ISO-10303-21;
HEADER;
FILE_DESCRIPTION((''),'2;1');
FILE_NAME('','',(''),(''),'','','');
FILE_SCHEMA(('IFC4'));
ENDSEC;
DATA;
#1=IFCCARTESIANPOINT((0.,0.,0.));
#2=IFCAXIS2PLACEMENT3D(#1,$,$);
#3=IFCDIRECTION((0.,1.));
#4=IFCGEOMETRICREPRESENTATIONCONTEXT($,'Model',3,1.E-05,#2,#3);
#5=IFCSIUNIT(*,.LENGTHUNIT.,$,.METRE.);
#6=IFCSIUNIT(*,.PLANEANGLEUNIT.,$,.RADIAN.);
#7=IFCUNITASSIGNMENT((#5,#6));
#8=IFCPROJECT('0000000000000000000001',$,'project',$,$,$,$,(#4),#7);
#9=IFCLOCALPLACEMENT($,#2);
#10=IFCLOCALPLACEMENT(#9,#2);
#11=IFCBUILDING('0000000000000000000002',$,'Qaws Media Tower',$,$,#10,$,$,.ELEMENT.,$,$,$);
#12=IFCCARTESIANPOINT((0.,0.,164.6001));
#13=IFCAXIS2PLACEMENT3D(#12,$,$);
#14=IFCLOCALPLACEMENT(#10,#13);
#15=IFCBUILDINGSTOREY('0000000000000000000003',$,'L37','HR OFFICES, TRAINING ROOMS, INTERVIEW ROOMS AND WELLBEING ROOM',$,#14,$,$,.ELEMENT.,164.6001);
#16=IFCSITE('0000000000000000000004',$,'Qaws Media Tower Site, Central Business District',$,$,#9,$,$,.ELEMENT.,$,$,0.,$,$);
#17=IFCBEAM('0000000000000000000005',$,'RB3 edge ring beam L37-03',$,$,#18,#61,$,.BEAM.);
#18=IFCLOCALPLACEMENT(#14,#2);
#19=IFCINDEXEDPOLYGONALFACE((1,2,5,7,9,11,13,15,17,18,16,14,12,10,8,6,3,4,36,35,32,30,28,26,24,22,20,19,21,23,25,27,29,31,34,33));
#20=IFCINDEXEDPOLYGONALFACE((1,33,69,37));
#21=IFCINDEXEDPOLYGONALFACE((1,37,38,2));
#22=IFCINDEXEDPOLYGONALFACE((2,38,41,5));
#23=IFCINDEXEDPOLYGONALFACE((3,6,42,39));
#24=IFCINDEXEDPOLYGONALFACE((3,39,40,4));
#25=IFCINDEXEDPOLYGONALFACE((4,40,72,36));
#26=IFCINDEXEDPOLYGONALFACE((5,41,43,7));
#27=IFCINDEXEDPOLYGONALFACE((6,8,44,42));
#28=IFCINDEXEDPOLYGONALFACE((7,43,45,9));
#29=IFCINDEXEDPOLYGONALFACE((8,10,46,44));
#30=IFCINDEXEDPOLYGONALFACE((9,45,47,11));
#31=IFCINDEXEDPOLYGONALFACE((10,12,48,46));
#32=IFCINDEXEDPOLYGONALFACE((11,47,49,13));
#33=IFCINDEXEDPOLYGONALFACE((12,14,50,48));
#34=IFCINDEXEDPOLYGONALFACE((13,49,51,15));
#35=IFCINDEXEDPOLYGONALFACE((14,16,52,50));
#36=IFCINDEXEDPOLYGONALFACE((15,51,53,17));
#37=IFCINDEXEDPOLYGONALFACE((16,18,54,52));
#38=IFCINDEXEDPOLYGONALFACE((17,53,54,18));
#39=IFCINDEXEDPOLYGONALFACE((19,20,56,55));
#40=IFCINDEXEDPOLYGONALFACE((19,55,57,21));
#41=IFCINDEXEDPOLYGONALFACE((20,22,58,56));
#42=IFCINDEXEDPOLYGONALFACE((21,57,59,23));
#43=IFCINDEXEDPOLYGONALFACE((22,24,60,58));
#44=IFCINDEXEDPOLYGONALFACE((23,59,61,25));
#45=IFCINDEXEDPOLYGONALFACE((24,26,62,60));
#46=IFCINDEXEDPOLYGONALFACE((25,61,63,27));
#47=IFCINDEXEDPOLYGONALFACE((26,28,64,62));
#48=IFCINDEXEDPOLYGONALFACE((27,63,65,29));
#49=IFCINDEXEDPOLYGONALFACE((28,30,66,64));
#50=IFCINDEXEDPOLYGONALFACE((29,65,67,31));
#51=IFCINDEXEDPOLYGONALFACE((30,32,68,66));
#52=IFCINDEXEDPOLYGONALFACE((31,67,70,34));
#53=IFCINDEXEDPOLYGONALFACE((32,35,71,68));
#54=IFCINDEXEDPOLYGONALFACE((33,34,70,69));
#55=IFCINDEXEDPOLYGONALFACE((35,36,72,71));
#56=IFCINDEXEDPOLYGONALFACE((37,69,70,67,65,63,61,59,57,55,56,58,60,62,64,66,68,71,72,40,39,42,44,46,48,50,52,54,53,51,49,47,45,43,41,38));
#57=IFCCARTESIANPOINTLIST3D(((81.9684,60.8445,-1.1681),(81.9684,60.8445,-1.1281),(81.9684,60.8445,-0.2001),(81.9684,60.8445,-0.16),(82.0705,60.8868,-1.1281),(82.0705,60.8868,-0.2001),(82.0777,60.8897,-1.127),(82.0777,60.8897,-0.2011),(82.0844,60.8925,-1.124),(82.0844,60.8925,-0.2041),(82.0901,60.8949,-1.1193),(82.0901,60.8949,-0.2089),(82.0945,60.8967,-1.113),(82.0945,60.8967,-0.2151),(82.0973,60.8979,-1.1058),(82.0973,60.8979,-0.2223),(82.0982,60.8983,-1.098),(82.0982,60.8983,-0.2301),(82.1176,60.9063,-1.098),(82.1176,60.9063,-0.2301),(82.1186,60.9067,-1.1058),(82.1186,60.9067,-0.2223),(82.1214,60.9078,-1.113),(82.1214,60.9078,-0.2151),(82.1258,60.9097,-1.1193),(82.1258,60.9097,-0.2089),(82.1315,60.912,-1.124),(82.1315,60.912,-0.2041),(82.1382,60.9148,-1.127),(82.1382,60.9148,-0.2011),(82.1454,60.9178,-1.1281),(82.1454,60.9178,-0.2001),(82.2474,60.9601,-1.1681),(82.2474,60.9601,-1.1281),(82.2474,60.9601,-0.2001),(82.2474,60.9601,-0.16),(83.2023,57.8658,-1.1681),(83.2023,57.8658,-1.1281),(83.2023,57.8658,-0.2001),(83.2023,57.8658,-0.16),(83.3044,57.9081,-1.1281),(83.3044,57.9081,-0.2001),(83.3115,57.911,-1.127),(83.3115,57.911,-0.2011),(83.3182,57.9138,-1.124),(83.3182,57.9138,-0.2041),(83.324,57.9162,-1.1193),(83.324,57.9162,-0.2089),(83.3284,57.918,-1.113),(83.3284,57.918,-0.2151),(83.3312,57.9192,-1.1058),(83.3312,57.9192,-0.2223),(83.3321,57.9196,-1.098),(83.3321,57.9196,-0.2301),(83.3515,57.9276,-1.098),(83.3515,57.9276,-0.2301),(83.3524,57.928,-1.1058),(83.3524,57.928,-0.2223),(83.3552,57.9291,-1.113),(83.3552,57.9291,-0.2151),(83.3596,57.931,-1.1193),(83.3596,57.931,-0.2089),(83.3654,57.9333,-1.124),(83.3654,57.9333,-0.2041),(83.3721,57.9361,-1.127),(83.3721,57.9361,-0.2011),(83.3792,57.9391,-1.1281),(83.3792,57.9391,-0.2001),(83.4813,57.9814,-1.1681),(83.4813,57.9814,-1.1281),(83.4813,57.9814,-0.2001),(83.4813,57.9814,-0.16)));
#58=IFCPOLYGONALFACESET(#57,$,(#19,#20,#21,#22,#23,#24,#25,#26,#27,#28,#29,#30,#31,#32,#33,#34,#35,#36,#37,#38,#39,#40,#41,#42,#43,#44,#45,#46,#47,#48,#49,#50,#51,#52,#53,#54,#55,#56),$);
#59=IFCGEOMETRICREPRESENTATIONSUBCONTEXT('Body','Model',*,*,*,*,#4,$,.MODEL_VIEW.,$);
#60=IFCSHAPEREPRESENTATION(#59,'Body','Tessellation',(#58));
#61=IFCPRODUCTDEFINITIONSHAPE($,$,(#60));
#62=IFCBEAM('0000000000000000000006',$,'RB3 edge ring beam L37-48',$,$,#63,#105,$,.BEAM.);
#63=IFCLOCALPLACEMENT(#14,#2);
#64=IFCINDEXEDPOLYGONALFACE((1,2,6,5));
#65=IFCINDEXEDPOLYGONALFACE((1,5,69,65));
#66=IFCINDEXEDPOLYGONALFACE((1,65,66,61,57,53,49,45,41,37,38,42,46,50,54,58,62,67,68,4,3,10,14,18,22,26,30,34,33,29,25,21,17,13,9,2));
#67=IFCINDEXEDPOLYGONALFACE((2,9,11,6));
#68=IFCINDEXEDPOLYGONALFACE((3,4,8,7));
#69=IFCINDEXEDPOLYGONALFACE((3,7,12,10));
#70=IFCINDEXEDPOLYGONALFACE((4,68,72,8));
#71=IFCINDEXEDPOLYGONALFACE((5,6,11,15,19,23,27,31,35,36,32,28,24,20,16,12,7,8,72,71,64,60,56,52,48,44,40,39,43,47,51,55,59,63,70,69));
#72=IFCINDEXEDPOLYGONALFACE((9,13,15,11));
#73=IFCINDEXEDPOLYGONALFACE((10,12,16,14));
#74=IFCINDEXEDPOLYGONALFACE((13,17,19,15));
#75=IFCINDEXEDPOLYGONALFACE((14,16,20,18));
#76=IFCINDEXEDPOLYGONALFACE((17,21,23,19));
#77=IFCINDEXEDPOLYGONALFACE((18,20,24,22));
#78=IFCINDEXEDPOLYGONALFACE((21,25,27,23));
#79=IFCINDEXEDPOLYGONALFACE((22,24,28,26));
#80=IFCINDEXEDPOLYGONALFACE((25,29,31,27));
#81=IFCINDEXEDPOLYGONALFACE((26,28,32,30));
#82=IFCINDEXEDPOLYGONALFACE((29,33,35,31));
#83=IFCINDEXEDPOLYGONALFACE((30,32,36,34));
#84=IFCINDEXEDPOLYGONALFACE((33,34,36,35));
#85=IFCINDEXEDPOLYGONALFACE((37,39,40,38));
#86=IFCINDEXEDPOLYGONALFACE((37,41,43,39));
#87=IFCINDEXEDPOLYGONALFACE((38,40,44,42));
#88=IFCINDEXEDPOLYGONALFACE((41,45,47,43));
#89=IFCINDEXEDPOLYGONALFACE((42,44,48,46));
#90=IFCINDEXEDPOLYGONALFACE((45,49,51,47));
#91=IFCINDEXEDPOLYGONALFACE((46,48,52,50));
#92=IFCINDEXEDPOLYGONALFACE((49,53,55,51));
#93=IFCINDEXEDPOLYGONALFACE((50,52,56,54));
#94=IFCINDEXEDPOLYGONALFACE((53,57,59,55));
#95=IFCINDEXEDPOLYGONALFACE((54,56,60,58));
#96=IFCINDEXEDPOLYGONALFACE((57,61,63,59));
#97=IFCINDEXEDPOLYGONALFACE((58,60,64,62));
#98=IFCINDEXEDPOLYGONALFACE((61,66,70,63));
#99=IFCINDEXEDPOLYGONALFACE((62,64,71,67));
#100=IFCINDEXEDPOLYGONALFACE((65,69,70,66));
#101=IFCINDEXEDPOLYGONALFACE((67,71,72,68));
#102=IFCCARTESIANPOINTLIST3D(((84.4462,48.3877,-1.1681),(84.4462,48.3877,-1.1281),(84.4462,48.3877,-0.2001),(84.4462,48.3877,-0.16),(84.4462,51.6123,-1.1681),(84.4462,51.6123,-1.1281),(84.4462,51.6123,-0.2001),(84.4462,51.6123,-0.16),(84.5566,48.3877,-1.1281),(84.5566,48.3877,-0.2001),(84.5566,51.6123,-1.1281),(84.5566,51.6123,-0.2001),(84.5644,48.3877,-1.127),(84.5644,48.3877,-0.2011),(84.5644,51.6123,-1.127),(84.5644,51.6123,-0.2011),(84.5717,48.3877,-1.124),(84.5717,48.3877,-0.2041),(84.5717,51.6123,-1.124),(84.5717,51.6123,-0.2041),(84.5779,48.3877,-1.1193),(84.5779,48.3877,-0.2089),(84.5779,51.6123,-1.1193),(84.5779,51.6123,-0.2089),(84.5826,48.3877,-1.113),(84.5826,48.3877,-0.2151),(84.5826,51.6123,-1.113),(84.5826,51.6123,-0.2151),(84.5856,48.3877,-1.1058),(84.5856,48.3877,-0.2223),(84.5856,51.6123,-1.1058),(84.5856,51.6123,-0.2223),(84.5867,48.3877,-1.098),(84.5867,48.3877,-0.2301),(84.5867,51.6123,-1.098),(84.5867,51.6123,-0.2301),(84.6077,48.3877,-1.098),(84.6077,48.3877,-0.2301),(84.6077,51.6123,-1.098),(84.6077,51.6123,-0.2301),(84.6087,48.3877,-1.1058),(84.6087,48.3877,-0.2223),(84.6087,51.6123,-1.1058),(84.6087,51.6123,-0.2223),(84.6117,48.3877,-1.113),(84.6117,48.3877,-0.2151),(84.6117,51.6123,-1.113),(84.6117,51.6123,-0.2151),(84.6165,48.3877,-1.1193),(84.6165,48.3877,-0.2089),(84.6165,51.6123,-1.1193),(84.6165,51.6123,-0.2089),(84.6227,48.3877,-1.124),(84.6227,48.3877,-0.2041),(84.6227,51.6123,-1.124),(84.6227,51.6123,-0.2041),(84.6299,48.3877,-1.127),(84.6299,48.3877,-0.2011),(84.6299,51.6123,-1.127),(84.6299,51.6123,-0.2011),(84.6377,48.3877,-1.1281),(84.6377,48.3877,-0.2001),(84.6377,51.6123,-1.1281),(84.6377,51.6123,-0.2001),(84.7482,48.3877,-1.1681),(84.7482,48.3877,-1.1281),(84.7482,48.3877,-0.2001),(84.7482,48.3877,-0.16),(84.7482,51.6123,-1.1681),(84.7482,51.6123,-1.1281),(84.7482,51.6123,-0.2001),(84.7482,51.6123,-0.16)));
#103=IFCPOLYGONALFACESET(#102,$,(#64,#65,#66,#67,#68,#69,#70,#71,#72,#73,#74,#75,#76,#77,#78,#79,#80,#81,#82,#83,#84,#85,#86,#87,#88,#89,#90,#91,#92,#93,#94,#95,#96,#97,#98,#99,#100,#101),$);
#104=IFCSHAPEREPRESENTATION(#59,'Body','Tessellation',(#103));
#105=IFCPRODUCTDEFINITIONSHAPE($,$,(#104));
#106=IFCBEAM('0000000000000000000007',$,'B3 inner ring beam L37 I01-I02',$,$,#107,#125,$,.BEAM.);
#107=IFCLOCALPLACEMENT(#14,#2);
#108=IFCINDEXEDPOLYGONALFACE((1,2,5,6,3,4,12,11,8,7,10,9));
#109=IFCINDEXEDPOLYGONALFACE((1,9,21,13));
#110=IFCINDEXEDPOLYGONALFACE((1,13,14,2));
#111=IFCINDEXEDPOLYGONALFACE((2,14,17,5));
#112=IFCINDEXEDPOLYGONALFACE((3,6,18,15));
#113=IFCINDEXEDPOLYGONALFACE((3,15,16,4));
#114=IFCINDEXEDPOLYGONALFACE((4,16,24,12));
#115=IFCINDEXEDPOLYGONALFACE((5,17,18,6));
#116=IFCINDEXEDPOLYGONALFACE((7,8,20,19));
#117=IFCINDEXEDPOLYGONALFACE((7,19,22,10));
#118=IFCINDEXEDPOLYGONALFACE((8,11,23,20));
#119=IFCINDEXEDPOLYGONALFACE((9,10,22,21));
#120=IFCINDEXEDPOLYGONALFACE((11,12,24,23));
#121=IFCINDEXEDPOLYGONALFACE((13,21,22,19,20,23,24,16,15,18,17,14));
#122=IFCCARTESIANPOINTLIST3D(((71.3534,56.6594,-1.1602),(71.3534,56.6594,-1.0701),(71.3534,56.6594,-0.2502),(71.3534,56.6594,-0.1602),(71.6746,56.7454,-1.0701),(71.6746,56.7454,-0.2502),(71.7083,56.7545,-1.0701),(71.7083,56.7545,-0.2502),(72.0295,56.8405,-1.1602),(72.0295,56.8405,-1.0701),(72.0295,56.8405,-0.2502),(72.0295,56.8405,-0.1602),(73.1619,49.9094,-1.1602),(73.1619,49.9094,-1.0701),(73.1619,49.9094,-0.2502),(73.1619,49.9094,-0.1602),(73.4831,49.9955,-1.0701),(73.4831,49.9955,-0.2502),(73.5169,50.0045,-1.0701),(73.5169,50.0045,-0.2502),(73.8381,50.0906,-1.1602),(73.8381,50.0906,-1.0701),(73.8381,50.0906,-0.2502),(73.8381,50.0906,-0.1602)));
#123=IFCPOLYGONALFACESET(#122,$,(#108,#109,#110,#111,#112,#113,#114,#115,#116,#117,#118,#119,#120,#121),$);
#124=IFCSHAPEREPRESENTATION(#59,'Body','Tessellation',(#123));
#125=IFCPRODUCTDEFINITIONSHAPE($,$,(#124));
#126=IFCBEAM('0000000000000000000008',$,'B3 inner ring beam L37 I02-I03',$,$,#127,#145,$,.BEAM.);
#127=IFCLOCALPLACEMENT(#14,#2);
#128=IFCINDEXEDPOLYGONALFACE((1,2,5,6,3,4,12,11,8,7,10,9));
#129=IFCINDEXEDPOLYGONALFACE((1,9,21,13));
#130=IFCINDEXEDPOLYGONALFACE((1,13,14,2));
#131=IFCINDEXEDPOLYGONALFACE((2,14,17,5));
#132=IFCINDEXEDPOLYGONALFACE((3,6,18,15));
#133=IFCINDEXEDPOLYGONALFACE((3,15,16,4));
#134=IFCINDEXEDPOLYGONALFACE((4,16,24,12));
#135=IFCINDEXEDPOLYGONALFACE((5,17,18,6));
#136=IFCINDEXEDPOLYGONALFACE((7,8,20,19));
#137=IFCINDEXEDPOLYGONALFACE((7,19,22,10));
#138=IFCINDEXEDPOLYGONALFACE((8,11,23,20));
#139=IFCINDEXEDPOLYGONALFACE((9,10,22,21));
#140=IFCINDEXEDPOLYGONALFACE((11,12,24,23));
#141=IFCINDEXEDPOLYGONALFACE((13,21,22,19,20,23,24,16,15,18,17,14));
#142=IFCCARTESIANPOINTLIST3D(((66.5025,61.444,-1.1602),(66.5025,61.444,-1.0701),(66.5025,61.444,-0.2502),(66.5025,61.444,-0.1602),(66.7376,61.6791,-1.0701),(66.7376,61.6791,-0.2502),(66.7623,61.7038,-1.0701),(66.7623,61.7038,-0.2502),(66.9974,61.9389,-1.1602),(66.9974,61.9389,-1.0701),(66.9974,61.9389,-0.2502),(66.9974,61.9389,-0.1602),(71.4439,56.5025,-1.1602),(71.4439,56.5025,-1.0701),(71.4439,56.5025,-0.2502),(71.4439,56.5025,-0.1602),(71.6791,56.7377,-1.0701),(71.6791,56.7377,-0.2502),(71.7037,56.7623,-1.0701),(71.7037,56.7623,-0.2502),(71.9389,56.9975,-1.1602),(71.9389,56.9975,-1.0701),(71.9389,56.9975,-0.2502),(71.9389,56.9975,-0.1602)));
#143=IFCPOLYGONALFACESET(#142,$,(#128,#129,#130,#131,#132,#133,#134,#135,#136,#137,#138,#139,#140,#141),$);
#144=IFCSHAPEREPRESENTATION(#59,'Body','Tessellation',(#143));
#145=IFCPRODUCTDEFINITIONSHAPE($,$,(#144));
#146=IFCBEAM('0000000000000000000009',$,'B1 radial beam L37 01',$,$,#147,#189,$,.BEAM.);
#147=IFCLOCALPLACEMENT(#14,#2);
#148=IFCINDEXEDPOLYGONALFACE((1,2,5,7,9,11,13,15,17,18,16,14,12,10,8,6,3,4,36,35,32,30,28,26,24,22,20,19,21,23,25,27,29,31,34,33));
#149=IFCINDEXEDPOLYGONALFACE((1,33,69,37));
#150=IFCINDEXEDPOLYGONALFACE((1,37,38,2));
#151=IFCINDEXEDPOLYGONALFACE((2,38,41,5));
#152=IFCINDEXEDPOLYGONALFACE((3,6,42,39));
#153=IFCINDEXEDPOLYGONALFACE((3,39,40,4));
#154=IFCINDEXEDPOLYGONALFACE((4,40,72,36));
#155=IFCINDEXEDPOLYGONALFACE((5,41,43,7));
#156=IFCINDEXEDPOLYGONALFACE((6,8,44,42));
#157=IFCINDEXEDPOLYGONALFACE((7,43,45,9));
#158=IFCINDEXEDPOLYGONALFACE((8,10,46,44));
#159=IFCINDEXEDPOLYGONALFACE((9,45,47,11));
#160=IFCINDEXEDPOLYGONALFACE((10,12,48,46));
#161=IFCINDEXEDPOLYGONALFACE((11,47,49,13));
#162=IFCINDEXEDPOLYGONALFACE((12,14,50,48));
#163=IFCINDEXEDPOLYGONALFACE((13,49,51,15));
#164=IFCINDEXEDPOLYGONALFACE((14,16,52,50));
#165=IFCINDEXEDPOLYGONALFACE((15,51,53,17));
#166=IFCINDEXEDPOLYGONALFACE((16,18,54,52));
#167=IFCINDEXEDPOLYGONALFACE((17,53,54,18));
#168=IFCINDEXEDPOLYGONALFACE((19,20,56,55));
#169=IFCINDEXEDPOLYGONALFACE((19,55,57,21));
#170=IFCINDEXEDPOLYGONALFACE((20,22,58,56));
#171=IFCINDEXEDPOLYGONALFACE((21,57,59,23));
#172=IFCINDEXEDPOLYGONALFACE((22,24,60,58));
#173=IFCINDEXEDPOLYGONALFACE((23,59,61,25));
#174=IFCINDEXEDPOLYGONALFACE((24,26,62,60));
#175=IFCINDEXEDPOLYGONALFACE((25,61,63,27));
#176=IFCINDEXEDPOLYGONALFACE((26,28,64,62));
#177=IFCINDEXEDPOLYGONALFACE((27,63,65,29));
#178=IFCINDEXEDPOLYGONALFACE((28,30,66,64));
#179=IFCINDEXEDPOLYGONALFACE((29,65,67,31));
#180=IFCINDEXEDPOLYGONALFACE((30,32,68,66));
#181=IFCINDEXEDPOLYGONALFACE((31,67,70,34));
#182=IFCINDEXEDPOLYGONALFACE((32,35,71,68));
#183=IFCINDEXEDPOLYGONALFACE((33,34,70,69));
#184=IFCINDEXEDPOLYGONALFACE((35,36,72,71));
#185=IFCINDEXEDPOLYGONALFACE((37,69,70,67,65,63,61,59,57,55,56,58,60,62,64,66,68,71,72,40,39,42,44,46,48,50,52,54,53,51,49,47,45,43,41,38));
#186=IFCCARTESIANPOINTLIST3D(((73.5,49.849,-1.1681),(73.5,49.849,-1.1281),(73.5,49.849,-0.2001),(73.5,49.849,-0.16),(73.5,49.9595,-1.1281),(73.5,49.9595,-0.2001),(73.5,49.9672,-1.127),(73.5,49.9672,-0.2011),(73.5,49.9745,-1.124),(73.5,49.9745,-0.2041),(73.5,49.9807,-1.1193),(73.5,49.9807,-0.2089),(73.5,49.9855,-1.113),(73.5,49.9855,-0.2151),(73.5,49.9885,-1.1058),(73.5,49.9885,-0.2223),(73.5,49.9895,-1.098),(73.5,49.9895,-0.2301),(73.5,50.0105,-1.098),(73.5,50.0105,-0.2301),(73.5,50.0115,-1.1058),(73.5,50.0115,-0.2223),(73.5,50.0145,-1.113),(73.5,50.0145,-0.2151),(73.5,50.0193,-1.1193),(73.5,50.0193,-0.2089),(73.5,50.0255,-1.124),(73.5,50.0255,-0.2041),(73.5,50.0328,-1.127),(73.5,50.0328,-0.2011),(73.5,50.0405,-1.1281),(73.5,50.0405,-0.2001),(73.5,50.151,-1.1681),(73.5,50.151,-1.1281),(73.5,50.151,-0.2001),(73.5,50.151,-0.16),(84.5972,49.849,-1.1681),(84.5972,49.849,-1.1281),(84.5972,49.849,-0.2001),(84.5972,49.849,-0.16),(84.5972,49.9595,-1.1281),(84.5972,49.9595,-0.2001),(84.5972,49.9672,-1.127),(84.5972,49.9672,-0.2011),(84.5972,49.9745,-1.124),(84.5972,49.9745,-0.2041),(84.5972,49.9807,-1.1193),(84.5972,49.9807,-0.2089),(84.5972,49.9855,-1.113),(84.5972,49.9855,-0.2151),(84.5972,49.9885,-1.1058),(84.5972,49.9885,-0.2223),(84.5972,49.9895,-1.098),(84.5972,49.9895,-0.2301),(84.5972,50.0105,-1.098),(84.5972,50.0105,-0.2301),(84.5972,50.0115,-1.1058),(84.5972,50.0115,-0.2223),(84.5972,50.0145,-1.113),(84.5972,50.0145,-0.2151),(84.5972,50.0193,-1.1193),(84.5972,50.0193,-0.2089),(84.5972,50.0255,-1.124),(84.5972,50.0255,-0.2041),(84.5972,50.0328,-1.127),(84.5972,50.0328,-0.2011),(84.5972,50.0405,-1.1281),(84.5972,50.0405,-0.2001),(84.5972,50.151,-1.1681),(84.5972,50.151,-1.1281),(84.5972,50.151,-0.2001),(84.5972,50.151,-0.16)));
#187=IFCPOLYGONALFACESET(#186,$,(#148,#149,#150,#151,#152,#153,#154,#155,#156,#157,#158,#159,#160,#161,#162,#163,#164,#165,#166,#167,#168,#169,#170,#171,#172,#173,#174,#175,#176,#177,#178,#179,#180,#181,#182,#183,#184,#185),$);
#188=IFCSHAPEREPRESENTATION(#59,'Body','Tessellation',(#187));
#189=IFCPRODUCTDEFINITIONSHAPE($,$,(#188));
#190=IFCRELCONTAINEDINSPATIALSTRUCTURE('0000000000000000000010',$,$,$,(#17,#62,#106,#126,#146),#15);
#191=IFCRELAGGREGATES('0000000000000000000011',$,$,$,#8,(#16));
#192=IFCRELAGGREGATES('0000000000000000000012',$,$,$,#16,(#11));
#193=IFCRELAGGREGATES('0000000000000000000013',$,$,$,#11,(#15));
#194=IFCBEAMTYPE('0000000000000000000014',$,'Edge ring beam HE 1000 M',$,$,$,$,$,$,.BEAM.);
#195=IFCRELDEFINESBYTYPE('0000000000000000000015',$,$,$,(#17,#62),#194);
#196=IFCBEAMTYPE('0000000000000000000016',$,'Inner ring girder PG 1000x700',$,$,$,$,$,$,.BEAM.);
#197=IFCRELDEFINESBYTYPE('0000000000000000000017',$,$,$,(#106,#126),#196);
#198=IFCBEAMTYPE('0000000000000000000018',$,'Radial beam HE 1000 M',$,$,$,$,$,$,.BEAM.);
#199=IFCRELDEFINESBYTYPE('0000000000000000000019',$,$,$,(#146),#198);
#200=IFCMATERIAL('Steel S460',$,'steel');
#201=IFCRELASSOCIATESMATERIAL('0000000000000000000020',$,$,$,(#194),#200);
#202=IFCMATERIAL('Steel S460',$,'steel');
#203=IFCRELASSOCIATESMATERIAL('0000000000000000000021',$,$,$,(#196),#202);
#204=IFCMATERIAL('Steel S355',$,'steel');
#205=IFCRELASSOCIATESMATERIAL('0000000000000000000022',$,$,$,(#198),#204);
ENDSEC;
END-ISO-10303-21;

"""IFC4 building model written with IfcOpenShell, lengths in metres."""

from ifc_helpers import new_model, si_unit, direction, frame, origin, origin_2d, place, context, subcontext, project, spatial, i_section, extrude, material, material_profile, profile_set, type_object, element, save


model = new_model("IFC4")

# Units and contexts
model_context = context("Model", 3, precision=1e-05, world=origin(), true_north=direction((0.0, 1.0)))
body_context = subcontext(model_context, "Body", "Model", "MODEL_VIEW")
ifc_project = project(units=[si_unit("LENGTHUNIT", "METRE"), si_unit("PLANEANGLEUNIT", "RADIAN")], contexts=[model_context])

# Site, building, storey
site_placement = place(None, origin())
site = spatial("IfcSite", under=ifc_project, at=site_placement, Name="Qaws Media Tower Site, Central Business District", CompositionType="ELEMENT", RefElevation=0.0)
building_placement = place(site_placement, origin())
building = spatial("IfcBuilding", under=site, at=building_placement, Name="Qaws Media Tower", CompositionType="ELEMENT")
storey_placement = place(building_placement, frame((0.0, 0.0, 164.6001)))
storey = spatial("IfcBuildingStorey", under=building, at=storey_placement, Name="L37", Description="HR OFFICES, TRAINING ROOMS, INTERVIEW ROOMS AND WELLBEING ROOM", CompositionType="ELEMENT", Elevation=164.6001)

# Beams
ifc_material_1 = material(Name="Steel S460", Category="steel")
ifc_material_profile_1 = material_profile(ifc_material_1, i_section(OverallWidth=0.302, OverallDepth=1.0081, WebThickness=0.021, FlangeThickness=0.04, FilletRadius=0.03, at=origin_2d()), Name="HE 1000 M")
ifc_profile_set_1 = profile_set([ifc_material_profile_1], Name="Steel S460")
beam_type_1 = type_object("IfcBeamType", Name="Edge ring beam HE 1000 M", PredefinedType="BEAM", material=ifc_profile_set_1)
beam_1_placement = place(storey_placement, frame((83.3418, 57.9236, -0.6641), z_axis=(-0.382695, 0.923875, 0.0), x_axis=(-0.923875, -0.382695, 0.0)))
element("IfcBeam", 1, at=beam_1_placement, inside=storey, type_object=beam_type_1, Name="RB3 edge ring beam L37-03", PredefinedType="BEAM", context=body_context, shape_type="SweptSolid", body=[
    extrude(i_section(OverallWidth=0.302, OverallDepth=1.0081, WebThickness=0.021, FlangeThickness=0.04, FilletRadius=0.03, at=origin_2d()), origin(), (0.0, 0.0, 1.0), 3.2241),
])
beam_2_placement = place(storey_placement, frame((84.5972, 48.3877, -0.6641), z_axis=(0.0, 1.0, 0.0), x_axis=(-1.0, 0.0, 0.0)))
element("IfcBeam", 2, at=beam_2_placement, inside=storey, type_object=beam_type_1, Name="RB3 edge ring beam L37-48", PredefinedType="BEAM", context=body_context, shape_type="SweptSolid", body=[
    extrude(i_section(OverallWidth=0.302, OverallDepth=1.0081, WebThickness=0.021, FlangeThickness=0.04, FilletRadius=0.03, at=origin_2d()), origin(), (0.0, 0.0, 1.0), 3.2246),
])
ifc_material_2 = material(Name="Steel S460", Category="steel")
ifc_material_profile_2 = material_profile(ifc_material_2, i_section(OverallWidth=0.7, OverallDepth=1.0, WebThickness=0.0349, FlangeThickness=0.0901, at=origin_2d()), Name="PG 1000x700")
ifc_profile_set_2 = profile_set([ifc_material_profile_2], Name="Steel S460")
beam_type_2 = type_object("IfcBeamType", Name="Inner ring girder PG 1000x700", PredefinedType="BEAM", material=ifc_profile_set_2)
beam_3_placement = place(storey_placement, frame((73.5, 50.0, -0.6602), z_axis=(-0.258811, 0.965928, 0.0), x_axis=(-0.965928, -0.258811, 0.0)))
element("IfcBeam", 3, at=beam_3_placement, inside=storey, type_object=beam_type_2, Name="B3 inner ring beam L37 I01-I02", PredefinedType="BEAM", context=body_context, shape_type="SweptSolid", body=[
    extrude(i_section(OverallWidth=0.7, OverallDepth=1.0, WebThickness=0.0349, FlangeThickness=0.0901, at=origin_2d()), origin(), (0.0, 0.0, 1.0), 6.988),
])
beam_4_placement = place(storey_placement, frame((71.6914, 56.75, -0.6602), z_axis=(-0.707107, 0.707107, 0.0), x_axis=(-0.707107, -0.707107, 0.0)))
element("IfcBeam", 4, at=beam_4_placement, inside=storey, type_object=beam_type_2, Name="B3 inner ring beam L37 I02-I03", PredefinedType="BEAM", context=body_context, shape_type="SweptSolid", body=[
    extrude(i_section(OverallWidth=0.7, OverallDepth=1.0, WebThickness=0.0349, FlangeThickness=0.0901, at=origin_2d()), origin(), (0.0, 0.0, 1.0), 6.9883),
])
ifc_material_3 = material(Name="Steel S355", Category="steel")
ifc_material_profile_3 = material_profile(ifc_material_3, i_section(OverallWidth=0.302, OverallDepth=1.0081, WebThickness=0.021, FlangeThickness=0.04, FilletRadius=0.03, at=origin_2d()), Name="HE 1000 M")
ifc_profile_set_3 = profile_set([ifc_material_profile_3], Name="Steel S355")
beam_type_3 = type_object("IfcBeamType", Name="Radial beam HE 1000 M", PredefinedType="BEAM", material=ifc_profile_set_3)
beam_5_placement = place(storey_placement, frame((73.5, 50.0, -0.6641), z_axis=(1.0, 0.0, 0.0), x_axis=(0.0, 1.0, 0.0)))
element("IfcBeam", 5, at=beam_5_placement, inside=storey, type_object=beam_type_3, Name="B1 radial beam L37 01", PredefinedType="BEAM", context=body_context, shape_type="SweptSolid", body=[
    extrude(i_section(OverallWidth=0.302, OverallDepth=1.0081, WebThickness=0.021, FlangeThickness=0.04, FilletRadius=0.03, at=origin_2d()), origin(), (0.0, 0.0, 1.0), 11.0972),
])

save(model, "model.ifc")
